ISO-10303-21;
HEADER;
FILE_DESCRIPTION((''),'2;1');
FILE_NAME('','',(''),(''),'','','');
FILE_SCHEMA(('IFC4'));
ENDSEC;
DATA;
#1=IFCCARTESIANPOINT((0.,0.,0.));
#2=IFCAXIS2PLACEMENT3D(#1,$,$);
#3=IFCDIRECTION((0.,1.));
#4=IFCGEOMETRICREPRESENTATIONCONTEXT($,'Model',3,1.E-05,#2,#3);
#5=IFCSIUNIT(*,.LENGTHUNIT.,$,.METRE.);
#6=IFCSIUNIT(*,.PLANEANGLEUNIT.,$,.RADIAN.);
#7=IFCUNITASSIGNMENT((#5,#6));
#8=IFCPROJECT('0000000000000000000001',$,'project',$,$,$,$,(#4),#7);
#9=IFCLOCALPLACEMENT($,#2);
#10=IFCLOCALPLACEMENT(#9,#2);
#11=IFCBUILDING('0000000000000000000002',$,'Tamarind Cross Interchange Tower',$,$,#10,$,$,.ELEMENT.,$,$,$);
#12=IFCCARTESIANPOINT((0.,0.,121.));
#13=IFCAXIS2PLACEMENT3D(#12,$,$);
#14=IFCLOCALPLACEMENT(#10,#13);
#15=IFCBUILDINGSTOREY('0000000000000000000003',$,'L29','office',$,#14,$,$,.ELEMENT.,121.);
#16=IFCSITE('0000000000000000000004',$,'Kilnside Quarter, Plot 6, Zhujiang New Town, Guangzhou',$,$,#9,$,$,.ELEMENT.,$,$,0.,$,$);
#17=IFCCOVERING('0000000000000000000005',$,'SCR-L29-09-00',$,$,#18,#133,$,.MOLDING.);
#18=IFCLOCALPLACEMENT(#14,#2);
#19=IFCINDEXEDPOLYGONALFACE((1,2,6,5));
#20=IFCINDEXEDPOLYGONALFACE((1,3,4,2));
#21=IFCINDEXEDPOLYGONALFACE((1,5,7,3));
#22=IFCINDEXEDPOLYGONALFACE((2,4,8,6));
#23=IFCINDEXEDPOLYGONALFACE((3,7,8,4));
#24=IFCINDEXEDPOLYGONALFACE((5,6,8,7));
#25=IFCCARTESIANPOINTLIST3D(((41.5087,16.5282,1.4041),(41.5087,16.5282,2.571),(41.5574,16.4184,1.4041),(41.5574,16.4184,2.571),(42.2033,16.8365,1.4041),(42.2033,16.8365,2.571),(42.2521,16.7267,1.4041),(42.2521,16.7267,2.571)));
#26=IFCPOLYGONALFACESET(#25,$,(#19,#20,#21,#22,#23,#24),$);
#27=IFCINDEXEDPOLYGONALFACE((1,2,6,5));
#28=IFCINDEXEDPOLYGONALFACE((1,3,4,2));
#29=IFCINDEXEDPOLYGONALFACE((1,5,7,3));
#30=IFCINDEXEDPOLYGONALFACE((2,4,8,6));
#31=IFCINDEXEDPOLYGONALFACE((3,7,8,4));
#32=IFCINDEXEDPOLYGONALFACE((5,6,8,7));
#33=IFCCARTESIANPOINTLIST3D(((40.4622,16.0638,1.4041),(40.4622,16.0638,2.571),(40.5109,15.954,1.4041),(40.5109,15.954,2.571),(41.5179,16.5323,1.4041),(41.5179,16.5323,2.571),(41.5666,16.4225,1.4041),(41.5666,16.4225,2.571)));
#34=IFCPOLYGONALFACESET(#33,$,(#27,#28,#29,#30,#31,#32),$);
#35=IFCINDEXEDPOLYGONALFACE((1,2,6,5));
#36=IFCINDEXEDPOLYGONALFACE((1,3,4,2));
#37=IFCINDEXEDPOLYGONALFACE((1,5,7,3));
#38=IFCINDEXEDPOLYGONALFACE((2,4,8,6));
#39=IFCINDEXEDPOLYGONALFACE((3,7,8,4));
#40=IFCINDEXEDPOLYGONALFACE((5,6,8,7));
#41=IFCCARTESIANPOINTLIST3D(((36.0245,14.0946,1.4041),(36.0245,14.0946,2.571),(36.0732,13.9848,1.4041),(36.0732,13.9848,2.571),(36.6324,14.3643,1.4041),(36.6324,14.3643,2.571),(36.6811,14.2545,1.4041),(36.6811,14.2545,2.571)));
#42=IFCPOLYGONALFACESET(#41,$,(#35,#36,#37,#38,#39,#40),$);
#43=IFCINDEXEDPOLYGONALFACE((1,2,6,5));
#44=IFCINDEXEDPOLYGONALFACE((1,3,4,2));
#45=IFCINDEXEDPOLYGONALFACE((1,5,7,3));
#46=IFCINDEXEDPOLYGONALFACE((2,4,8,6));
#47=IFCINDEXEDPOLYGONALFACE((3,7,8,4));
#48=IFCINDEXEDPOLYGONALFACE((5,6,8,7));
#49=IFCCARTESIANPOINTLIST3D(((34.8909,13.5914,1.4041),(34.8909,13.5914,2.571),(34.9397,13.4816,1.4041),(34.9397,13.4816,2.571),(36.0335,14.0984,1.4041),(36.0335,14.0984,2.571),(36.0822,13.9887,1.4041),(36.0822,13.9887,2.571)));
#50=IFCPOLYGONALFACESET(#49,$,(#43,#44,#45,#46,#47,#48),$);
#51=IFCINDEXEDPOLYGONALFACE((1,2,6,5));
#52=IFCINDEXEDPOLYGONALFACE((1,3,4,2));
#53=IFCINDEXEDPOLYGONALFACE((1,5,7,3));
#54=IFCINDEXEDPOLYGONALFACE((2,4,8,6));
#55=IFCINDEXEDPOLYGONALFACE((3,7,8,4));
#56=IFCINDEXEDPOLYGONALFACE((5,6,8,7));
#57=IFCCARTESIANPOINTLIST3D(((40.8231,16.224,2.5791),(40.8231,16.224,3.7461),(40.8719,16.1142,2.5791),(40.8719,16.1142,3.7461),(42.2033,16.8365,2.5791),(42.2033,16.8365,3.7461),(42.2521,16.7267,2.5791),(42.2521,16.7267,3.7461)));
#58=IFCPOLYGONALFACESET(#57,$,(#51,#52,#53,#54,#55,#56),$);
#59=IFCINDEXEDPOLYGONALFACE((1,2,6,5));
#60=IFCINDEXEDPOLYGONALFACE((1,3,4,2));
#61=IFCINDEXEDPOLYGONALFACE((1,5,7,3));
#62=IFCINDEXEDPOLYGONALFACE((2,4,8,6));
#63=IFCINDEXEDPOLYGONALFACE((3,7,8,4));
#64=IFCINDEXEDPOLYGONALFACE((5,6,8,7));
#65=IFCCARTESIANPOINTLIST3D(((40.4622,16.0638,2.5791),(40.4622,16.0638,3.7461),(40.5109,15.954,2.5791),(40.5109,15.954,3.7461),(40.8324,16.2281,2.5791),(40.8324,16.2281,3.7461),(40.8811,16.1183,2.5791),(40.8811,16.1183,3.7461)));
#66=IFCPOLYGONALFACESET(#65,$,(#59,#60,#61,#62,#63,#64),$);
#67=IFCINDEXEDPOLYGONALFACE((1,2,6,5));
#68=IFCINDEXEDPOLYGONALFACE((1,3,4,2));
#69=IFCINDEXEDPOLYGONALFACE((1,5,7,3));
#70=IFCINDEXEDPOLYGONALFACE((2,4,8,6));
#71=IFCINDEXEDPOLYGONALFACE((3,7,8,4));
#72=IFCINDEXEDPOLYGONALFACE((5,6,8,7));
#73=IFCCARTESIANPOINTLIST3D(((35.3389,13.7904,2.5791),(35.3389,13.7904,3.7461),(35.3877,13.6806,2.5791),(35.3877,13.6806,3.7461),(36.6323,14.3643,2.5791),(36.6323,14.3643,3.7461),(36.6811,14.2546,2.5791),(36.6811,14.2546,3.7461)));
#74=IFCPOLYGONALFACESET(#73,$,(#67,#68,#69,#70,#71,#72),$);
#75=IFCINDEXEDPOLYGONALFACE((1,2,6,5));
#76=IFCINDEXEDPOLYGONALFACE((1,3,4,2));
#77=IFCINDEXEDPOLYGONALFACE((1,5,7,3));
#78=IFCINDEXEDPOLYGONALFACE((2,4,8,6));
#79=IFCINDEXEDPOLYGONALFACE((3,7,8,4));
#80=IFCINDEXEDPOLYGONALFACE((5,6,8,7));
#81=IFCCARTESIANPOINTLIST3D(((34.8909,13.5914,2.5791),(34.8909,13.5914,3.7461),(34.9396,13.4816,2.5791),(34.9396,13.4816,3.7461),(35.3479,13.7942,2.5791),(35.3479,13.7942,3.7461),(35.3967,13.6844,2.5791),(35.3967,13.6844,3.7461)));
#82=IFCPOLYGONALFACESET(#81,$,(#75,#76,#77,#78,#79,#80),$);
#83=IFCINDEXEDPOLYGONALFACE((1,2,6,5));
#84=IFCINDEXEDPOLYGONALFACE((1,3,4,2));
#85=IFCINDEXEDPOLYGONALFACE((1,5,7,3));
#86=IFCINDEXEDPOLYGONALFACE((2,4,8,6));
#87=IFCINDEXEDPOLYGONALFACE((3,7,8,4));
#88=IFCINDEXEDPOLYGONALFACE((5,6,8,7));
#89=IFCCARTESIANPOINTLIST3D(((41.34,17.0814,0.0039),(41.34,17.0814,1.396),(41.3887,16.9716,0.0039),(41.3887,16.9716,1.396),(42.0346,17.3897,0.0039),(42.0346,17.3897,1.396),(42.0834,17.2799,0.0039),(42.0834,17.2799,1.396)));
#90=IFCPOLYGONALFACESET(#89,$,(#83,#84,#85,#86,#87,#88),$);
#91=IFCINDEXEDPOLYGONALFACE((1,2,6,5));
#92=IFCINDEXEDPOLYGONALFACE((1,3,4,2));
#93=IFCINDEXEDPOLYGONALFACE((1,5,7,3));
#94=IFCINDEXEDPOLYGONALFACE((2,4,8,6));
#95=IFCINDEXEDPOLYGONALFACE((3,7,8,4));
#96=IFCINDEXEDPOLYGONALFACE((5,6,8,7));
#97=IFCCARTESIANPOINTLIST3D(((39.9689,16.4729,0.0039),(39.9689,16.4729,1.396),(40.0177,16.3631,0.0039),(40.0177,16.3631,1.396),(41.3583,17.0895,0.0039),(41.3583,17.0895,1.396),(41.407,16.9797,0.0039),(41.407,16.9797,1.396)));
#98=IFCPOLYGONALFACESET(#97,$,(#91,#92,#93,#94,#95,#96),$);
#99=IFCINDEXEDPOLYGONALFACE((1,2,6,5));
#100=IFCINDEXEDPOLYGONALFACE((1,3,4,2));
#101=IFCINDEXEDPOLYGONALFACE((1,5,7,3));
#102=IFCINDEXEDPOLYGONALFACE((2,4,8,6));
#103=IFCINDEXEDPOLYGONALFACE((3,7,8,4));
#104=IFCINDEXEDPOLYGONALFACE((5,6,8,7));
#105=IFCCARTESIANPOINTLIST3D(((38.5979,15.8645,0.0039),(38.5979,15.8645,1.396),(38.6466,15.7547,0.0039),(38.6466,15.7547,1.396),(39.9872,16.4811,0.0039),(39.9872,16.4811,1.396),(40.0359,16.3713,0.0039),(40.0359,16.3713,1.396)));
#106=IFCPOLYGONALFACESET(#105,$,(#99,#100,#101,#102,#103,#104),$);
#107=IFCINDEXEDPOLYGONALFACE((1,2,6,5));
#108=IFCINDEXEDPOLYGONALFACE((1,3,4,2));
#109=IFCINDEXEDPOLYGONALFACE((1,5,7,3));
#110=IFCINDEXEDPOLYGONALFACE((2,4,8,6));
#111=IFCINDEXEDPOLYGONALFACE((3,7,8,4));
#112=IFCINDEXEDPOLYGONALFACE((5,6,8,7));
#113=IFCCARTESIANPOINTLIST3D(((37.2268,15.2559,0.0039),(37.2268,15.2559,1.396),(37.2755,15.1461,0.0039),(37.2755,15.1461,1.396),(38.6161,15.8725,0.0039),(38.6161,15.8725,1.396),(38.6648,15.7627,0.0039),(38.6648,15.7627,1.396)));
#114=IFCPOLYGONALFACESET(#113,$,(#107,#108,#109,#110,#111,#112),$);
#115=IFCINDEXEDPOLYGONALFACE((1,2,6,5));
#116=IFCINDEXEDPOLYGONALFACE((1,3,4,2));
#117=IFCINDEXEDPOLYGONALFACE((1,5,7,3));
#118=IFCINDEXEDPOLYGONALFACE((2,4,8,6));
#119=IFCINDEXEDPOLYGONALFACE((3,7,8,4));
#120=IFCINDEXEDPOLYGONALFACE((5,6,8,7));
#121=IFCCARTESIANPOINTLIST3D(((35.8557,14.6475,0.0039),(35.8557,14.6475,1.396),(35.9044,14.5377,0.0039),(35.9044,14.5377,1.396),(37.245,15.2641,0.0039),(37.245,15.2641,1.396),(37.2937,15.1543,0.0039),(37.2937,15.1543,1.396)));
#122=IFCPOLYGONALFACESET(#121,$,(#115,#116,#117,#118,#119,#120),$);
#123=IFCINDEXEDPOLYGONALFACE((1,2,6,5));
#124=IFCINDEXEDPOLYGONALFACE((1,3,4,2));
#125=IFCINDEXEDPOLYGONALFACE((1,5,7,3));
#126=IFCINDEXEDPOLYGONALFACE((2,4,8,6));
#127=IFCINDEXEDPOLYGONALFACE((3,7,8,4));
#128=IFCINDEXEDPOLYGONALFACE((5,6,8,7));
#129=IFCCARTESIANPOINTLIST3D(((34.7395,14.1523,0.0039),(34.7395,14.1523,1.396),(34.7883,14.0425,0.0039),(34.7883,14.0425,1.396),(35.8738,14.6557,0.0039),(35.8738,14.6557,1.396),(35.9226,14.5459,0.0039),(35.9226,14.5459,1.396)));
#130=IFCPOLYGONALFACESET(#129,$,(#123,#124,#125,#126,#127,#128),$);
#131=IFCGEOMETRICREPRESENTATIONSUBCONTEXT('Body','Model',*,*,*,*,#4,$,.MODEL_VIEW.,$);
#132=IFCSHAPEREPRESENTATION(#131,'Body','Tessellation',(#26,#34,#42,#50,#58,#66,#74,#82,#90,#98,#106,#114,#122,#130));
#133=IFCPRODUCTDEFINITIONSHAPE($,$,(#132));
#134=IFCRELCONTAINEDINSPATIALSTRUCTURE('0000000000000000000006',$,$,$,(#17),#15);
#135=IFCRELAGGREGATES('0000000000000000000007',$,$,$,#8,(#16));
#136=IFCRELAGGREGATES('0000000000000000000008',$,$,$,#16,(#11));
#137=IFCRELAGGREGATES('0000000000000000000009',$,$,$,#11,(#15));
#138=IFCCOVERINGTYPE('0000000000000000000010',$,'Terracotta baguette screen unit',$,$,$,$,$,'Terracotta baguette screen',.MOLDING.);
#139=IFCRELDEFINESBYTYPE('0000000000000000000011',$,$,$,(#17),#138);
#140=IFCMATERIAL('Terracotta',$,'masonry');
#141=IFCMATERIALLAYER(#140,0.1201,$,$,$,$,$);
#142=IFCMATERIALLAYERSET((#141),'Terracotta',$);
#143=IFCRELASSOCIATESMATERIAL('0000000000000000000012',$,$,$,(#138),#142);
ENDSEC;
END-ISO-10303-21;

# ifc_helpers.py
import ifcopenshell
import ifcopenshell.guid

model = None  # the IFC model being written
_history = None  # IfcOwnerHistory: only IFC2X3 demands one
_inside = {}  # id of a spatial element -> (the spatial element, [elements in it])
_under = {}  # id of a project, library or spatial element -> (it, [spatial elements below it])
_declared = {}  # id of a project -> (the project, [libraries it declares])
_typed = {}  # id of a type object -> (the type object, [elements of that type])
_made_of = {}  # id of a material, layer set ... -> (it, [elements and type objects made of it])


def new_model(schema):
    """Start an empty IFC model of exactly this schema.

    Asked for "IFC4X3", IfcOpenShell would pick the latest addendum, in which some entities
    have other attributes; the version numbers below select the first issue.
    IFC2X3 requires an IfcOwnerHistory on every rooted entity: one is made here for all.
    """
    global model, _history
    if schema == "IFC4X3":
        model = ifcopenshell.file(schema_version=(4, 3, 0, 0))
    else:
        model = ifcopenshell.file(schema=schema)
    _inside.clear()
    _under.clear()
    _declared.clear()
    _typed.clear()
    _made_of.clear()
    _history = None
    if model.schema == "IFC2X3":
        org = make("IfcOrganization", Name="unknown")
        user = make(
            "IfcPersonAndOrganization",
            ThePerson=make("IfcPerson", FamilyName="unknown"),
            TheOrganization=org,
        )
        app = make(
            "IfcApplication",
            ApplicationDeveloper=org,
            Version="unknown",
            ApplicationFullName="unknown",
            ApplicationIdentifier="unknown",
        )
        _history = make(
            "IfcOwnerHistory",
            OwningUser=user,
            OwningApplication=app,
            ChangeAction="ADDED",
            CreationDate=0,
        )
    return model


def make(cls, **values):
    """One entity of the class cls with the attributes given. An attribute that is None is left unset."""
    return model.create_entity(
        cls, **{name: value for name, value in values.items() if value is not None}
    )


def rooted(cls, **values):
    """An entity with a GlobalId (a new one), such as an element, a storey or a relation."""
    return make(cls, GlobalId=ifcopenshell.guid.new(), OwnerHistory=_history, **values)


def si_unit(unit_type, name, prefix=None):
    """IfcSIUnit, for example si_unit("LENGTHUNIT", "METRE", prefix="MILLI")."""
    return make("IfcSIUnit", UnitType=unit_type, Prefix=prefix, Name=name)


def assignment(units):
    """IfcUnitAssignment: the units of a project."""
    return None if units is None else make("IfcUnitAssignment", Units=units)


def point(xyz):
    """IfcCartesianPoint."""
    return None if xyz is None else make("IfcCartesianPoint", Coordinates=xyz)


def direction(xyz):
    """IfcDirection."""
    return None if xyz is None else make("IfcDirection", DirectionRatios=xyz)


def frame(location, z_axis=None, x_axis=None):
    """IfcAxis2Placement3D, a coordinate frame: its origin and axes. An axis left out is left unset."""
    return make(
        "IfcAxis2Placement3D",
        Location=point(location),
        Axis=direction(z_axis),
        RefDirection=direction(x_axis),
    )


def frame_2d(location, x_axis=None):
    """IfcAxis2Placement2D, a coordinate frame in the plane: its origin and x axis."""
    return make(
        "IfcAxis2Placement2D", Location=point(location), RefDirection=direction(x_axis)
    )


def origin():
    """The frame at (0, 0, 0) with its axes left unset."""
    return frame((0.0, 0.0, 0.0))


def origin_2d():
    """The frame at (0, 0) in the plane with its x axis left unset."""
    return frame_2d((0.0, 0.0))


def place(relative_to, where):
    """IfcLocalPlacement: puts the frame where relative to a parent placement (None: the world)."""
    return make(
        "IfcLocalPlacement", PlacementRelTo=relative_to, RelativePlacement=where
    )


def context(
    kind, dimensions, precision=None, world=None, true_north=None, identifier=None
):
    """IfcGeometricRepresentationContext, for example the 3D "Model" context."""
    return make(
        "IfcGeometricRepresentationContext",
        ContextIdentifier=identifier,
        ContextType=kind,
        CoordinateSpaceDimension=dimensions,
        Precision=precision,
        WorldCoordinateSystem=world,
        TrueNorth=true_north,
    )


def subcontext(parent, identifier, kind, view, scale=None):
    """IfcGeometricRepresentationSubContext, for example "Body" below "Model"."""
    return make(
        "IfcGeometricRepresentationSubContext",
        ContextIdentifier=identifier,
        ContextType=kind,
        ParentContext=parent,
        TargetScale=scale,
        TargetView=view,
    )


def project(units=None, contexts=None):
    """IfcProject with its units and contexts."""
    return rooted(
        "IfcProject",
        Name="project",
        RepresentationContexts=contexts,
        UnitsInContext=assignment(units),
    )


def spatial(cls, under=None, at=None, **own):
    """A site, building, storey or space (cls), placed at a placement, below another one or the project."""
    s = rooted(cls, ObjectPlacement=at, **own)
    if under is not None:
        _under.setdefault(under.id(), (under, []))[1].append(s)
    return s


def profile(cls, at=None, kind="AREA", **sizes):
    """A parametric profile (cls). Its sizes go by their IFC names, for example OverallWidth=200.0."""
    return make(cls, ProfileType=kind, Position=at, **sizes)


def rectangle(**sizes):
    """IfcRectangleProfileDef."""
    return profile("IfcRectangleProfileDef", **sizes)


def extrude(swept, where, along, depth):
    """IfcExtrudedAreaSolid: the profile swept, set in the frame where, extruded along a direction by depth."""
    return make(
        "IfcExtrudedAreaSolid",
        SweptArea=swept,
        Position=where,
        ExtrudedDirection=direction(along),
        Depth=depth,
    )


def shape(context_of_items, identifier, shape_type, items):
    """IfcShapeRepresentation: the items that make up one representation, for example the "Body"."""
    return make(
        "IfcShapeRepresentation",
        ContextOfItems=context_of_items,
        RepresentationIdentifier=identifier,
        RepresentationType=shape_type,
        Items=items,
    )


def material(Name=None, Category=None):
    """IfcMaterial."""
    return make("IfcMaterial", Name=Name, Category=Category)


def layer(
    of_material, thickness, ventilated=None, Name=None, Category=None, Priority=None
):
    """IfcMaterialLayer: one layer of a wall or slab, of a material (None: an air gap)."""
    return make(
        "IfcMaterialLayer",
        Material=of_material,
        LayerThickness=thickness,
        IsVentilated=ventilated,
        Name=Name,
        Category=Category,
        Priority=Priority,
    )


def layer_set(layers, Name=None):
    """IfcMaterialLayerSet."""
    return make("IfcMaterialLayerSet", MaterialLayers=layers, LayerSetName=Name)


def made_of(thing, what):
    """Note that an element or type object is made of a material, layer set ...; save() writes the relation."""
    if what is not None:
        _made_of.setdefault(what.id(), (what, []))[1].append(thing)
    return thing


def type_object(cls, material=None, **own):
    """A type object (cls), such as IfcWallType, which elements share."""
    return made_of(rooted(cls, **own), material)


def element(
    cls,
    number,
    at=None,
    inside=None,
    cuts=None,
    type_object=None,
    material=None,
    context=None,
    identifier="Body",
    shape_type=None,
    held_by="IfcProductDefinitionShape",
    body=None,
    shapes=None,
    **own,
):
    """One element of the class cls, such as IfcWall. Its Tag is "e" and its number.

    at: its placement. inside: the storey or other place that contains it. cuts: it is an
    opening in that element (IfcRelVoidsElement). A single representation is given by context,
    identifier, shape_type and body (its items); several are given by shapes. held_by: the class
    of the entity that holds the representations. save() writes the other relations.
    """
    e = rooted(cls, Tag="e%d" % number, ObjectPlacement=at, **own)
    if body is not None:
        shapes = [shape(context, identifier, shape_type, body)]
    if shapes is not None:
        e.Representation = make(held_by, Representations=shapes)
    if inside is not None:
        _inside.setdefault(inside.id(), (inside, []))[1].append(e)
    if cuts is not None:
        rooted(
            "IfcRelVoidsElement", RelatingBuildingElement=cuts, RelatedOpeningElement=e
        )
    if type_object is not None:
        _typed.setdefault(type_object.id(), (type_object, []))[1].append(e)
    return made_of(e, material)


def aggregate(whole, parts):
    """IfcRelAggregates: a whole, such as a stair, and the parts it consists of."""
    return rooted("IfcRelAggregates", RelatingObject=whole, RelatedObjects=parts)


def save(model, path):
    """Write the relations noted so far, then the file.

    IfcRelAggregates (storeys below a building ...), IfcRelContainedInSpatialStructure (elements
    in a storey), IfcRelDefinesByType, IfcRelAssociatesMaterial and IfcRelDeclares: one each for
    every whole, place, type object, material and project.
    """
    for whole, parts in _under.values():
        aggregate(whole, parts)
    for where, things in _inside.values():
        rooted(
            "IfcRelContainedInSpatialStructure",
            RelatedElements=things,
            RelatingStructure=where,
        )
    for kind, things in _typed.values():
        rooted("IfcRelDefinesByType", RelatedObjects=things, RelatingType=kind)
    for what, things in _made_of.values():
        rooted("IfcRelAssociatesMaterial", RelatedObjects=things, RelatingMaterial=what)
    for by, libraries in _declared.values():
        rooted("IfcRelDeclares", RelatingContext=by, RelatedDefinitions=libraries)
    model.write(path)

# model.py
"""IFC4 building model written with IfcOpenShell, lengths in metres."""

from ifc_helpers import new_model, si_unit, direction, frame, origin, origin_2d, place, context, subcontext, project, spatial, rectangle, extrude, material, layer, layer_set, type_object, element, save


model = new_model("IFC4")

# Units and contexts
model_context = context("Model", 3, precision=1e-05, world=origin(), true_north=direction((0.0, 1.0)))
body_context = subcontext(model_context, "Body", "Model", "MODEL_VIEW")
ifc_project = project(units=[si_unit("LENGTHUNIT", "METRE"), si_unit("PLANEANGLEUNIT", "RADIAN")], contexts=[model_context])

# Site, building, storey
site_placement = place(None, origin())
site = spatial("IfcSite", under=ifc_project, at=site_placement, Name="Kilnside Quarter, Plot 6, Zhujiang New Town, Guangzhou", CompositionType="ELEMENT", RefElevation=0.0)
building_placement = place(site_placement, origin())
building = spatial("IfcBuilding", under=site, at=building_placement, Name="Tamarind Cross Interchange Tower", CompositionType="ELEMENT")
storey_placement = place(building_placement, frame((0.0, 0.0, 121.0)))
storey = spatial("IfcBuildingStorey", under=building, at=storey_placement, Name="L29", Description="office", CompositionType="ELEMENT", Elevation=121.0)

# Covering
ifc_material_1 = material(Name="Terracotta", Category="masonry")
ifc_layer_1 = layer(ifc_material_1, 0.1201)
ifc_layer_set_1 = layer_set([ifc_layer_1], Name="Terracotta")
covering_type = type_object("IfcCoveringType", Name="Terracotta baguette screen unit", ElementType="Terracotta baguette screen", PredefinedType="MOLDING", material=ifc_layer_set_1)
covering_1_placement = place(storey_placement, origin())
element("IfcCovering", 1, at=covering_1_placement, inside=storey, type_object=covering_type, Name="SCR-L29-09-00", PredefinedType="MOLDING", context=body_context, shape_type="SweptSolid", body=[
    extrude(rectangle(XDim=0.76, YDim=0.1201, at=origin_2d()), frame((41.8804, 16.6274, 1.4041), z_axis=(0.0, 0.0, 1.0), x_axis=(-0.91404, -0.405624, 0.0)), (0.0, 0.0, 1.0), 1.167),
    extrude(rectangle(XDim=1.155, YDim=0.1201, at=origin_2d()), frame((41.0144, 16.2432, 1.4041), z_axis=(0.0, 0.0, 1.0), x_axis=(-0.91404, -0.405624, 0.0)), (0.0, 0.0, 1.0), 1.167),
    extrude(rectangle(XDim=0.665, YDim=0.1201, at=origin_2d()), frame((36.3528, 14.1746, 1.4041), z_axis=(0.0, 0.0, 1.0), x_axis=(-0.91404, -0.405624, 0.0)), (0.0, 0.0, 1.0), 1.167),
    extrude(rectangle(XDim=1.25, YDim=0.1201, at=origin_2d()), frame((35.4866, 13.79, 1.4041), z_axis=(0.0, 0.0, 1.0), x_axis=(-0.91404, -0.405624, 0.0)), (0.0, 0.0, 1.0), 1.167),
    extrude(rectangle(XDim=1.51, YDim=0.1201, at=origin_2d()), frame((41.5376, 16.4753, 2.5791), z_axis=(0.0, 0.0, 1.0), x_axis=(-0.91404, -0.405624, 0.0)), (0.0, 0.0, 1.0), 1.167),
    extrude(rectangle(XDim=0.405, YDim=0.1201, at=origin_2d()), frame((40.6716, 16.0911, 2.5791), z_axis=(0.0, 0.0, 1.0), x_axis=(-0.91404, -0.405624, 0.0)), (0.0, 0.0, 1.0), 1.167),
    extrude(rectangle(XDim=1.415, YDim=0.1201, at=origin_2d()), frame((36.01, 14.0225, 2.5791), z_axis=(0.0, 0.0, 1.0), x_axis=(-0.91404, -0.405624, 0.0)), (0.0, 0.0, 1.0), 1.167),
    extrude(rectangle(XDim=0.5, YDim=0.1201, at=origin_2d()), frame((35.1438, 13.6379, 2.5791), z_axis=(0.0, 0.0, 1.0), x_axis=(-0.91404, -0.405624, 0.0)), (0.0, 0.0, 1.0), 1.167),
    extrude(rectangle(XDim=0.76, YDim=0.1201, at=origin_2d()), frame((41.7117, 17.1807, 0.0039), z_axis=(0.0, 0.0, 1.0), x_axis=(-0.91404, -0.405624, 0.0)), (0.0, 0.0, 1.0), 1.3921),
    extrude(rectangle(XDim=1.52, YDim=0.1201, at=origin_2d()), frame((40.688, 16.7263, 0.0039), z_axis=(0.0, 0.0, 1.0), x_axis=(-0.91404, -0.405624, 0.0)), (0.0, 0.0, 1.0), 1.3921),
    extrude(rectangle(XDim=1.52, YDim=0.1201, at=origin_2d()), frame((39.3169, 16.1179, 0.0039), z_axis=(0.0, 0.0, 1.0), x_axis=(-0.91404, -0.405624, 0.0)), (0.0, 0.0, 1.0), 1.3921),
    extrude(rectangle(XDim=1.52, YDim=0.1201, at=origin_2d()), frame((37.9458, 15.5093, 0.0039), z_axis=(0.0, 0.0, 1.0), x_axis=(-0.91404, -0.405624, 0.0)), (0.0, 0.0, 1.0), 1.3921),
    extrude(rectangle(XDim=1.52, YDim=0.1201, at=origin_2d()), frame((36.5747, 14.9009, 0.0039), z_axis=(0.0, 0.0, 1.0), x_axis=(-0.91404, -0.405624, 0.0)), (0.0, 0.0, 1.0), 1.3921),
    extrude(rectangle(XDim=1.241, YDim=0.1201, at=origin_2d()), frame((35.3311, 14.3491, 0.0039), z_axis=(0.0, 0.0, 1.0), x_axis=(-0.91404, -0.405624, 0.0)), (0.0, 0.0, 1.0), 1.3921),
])

save(model, "model.ifc")
